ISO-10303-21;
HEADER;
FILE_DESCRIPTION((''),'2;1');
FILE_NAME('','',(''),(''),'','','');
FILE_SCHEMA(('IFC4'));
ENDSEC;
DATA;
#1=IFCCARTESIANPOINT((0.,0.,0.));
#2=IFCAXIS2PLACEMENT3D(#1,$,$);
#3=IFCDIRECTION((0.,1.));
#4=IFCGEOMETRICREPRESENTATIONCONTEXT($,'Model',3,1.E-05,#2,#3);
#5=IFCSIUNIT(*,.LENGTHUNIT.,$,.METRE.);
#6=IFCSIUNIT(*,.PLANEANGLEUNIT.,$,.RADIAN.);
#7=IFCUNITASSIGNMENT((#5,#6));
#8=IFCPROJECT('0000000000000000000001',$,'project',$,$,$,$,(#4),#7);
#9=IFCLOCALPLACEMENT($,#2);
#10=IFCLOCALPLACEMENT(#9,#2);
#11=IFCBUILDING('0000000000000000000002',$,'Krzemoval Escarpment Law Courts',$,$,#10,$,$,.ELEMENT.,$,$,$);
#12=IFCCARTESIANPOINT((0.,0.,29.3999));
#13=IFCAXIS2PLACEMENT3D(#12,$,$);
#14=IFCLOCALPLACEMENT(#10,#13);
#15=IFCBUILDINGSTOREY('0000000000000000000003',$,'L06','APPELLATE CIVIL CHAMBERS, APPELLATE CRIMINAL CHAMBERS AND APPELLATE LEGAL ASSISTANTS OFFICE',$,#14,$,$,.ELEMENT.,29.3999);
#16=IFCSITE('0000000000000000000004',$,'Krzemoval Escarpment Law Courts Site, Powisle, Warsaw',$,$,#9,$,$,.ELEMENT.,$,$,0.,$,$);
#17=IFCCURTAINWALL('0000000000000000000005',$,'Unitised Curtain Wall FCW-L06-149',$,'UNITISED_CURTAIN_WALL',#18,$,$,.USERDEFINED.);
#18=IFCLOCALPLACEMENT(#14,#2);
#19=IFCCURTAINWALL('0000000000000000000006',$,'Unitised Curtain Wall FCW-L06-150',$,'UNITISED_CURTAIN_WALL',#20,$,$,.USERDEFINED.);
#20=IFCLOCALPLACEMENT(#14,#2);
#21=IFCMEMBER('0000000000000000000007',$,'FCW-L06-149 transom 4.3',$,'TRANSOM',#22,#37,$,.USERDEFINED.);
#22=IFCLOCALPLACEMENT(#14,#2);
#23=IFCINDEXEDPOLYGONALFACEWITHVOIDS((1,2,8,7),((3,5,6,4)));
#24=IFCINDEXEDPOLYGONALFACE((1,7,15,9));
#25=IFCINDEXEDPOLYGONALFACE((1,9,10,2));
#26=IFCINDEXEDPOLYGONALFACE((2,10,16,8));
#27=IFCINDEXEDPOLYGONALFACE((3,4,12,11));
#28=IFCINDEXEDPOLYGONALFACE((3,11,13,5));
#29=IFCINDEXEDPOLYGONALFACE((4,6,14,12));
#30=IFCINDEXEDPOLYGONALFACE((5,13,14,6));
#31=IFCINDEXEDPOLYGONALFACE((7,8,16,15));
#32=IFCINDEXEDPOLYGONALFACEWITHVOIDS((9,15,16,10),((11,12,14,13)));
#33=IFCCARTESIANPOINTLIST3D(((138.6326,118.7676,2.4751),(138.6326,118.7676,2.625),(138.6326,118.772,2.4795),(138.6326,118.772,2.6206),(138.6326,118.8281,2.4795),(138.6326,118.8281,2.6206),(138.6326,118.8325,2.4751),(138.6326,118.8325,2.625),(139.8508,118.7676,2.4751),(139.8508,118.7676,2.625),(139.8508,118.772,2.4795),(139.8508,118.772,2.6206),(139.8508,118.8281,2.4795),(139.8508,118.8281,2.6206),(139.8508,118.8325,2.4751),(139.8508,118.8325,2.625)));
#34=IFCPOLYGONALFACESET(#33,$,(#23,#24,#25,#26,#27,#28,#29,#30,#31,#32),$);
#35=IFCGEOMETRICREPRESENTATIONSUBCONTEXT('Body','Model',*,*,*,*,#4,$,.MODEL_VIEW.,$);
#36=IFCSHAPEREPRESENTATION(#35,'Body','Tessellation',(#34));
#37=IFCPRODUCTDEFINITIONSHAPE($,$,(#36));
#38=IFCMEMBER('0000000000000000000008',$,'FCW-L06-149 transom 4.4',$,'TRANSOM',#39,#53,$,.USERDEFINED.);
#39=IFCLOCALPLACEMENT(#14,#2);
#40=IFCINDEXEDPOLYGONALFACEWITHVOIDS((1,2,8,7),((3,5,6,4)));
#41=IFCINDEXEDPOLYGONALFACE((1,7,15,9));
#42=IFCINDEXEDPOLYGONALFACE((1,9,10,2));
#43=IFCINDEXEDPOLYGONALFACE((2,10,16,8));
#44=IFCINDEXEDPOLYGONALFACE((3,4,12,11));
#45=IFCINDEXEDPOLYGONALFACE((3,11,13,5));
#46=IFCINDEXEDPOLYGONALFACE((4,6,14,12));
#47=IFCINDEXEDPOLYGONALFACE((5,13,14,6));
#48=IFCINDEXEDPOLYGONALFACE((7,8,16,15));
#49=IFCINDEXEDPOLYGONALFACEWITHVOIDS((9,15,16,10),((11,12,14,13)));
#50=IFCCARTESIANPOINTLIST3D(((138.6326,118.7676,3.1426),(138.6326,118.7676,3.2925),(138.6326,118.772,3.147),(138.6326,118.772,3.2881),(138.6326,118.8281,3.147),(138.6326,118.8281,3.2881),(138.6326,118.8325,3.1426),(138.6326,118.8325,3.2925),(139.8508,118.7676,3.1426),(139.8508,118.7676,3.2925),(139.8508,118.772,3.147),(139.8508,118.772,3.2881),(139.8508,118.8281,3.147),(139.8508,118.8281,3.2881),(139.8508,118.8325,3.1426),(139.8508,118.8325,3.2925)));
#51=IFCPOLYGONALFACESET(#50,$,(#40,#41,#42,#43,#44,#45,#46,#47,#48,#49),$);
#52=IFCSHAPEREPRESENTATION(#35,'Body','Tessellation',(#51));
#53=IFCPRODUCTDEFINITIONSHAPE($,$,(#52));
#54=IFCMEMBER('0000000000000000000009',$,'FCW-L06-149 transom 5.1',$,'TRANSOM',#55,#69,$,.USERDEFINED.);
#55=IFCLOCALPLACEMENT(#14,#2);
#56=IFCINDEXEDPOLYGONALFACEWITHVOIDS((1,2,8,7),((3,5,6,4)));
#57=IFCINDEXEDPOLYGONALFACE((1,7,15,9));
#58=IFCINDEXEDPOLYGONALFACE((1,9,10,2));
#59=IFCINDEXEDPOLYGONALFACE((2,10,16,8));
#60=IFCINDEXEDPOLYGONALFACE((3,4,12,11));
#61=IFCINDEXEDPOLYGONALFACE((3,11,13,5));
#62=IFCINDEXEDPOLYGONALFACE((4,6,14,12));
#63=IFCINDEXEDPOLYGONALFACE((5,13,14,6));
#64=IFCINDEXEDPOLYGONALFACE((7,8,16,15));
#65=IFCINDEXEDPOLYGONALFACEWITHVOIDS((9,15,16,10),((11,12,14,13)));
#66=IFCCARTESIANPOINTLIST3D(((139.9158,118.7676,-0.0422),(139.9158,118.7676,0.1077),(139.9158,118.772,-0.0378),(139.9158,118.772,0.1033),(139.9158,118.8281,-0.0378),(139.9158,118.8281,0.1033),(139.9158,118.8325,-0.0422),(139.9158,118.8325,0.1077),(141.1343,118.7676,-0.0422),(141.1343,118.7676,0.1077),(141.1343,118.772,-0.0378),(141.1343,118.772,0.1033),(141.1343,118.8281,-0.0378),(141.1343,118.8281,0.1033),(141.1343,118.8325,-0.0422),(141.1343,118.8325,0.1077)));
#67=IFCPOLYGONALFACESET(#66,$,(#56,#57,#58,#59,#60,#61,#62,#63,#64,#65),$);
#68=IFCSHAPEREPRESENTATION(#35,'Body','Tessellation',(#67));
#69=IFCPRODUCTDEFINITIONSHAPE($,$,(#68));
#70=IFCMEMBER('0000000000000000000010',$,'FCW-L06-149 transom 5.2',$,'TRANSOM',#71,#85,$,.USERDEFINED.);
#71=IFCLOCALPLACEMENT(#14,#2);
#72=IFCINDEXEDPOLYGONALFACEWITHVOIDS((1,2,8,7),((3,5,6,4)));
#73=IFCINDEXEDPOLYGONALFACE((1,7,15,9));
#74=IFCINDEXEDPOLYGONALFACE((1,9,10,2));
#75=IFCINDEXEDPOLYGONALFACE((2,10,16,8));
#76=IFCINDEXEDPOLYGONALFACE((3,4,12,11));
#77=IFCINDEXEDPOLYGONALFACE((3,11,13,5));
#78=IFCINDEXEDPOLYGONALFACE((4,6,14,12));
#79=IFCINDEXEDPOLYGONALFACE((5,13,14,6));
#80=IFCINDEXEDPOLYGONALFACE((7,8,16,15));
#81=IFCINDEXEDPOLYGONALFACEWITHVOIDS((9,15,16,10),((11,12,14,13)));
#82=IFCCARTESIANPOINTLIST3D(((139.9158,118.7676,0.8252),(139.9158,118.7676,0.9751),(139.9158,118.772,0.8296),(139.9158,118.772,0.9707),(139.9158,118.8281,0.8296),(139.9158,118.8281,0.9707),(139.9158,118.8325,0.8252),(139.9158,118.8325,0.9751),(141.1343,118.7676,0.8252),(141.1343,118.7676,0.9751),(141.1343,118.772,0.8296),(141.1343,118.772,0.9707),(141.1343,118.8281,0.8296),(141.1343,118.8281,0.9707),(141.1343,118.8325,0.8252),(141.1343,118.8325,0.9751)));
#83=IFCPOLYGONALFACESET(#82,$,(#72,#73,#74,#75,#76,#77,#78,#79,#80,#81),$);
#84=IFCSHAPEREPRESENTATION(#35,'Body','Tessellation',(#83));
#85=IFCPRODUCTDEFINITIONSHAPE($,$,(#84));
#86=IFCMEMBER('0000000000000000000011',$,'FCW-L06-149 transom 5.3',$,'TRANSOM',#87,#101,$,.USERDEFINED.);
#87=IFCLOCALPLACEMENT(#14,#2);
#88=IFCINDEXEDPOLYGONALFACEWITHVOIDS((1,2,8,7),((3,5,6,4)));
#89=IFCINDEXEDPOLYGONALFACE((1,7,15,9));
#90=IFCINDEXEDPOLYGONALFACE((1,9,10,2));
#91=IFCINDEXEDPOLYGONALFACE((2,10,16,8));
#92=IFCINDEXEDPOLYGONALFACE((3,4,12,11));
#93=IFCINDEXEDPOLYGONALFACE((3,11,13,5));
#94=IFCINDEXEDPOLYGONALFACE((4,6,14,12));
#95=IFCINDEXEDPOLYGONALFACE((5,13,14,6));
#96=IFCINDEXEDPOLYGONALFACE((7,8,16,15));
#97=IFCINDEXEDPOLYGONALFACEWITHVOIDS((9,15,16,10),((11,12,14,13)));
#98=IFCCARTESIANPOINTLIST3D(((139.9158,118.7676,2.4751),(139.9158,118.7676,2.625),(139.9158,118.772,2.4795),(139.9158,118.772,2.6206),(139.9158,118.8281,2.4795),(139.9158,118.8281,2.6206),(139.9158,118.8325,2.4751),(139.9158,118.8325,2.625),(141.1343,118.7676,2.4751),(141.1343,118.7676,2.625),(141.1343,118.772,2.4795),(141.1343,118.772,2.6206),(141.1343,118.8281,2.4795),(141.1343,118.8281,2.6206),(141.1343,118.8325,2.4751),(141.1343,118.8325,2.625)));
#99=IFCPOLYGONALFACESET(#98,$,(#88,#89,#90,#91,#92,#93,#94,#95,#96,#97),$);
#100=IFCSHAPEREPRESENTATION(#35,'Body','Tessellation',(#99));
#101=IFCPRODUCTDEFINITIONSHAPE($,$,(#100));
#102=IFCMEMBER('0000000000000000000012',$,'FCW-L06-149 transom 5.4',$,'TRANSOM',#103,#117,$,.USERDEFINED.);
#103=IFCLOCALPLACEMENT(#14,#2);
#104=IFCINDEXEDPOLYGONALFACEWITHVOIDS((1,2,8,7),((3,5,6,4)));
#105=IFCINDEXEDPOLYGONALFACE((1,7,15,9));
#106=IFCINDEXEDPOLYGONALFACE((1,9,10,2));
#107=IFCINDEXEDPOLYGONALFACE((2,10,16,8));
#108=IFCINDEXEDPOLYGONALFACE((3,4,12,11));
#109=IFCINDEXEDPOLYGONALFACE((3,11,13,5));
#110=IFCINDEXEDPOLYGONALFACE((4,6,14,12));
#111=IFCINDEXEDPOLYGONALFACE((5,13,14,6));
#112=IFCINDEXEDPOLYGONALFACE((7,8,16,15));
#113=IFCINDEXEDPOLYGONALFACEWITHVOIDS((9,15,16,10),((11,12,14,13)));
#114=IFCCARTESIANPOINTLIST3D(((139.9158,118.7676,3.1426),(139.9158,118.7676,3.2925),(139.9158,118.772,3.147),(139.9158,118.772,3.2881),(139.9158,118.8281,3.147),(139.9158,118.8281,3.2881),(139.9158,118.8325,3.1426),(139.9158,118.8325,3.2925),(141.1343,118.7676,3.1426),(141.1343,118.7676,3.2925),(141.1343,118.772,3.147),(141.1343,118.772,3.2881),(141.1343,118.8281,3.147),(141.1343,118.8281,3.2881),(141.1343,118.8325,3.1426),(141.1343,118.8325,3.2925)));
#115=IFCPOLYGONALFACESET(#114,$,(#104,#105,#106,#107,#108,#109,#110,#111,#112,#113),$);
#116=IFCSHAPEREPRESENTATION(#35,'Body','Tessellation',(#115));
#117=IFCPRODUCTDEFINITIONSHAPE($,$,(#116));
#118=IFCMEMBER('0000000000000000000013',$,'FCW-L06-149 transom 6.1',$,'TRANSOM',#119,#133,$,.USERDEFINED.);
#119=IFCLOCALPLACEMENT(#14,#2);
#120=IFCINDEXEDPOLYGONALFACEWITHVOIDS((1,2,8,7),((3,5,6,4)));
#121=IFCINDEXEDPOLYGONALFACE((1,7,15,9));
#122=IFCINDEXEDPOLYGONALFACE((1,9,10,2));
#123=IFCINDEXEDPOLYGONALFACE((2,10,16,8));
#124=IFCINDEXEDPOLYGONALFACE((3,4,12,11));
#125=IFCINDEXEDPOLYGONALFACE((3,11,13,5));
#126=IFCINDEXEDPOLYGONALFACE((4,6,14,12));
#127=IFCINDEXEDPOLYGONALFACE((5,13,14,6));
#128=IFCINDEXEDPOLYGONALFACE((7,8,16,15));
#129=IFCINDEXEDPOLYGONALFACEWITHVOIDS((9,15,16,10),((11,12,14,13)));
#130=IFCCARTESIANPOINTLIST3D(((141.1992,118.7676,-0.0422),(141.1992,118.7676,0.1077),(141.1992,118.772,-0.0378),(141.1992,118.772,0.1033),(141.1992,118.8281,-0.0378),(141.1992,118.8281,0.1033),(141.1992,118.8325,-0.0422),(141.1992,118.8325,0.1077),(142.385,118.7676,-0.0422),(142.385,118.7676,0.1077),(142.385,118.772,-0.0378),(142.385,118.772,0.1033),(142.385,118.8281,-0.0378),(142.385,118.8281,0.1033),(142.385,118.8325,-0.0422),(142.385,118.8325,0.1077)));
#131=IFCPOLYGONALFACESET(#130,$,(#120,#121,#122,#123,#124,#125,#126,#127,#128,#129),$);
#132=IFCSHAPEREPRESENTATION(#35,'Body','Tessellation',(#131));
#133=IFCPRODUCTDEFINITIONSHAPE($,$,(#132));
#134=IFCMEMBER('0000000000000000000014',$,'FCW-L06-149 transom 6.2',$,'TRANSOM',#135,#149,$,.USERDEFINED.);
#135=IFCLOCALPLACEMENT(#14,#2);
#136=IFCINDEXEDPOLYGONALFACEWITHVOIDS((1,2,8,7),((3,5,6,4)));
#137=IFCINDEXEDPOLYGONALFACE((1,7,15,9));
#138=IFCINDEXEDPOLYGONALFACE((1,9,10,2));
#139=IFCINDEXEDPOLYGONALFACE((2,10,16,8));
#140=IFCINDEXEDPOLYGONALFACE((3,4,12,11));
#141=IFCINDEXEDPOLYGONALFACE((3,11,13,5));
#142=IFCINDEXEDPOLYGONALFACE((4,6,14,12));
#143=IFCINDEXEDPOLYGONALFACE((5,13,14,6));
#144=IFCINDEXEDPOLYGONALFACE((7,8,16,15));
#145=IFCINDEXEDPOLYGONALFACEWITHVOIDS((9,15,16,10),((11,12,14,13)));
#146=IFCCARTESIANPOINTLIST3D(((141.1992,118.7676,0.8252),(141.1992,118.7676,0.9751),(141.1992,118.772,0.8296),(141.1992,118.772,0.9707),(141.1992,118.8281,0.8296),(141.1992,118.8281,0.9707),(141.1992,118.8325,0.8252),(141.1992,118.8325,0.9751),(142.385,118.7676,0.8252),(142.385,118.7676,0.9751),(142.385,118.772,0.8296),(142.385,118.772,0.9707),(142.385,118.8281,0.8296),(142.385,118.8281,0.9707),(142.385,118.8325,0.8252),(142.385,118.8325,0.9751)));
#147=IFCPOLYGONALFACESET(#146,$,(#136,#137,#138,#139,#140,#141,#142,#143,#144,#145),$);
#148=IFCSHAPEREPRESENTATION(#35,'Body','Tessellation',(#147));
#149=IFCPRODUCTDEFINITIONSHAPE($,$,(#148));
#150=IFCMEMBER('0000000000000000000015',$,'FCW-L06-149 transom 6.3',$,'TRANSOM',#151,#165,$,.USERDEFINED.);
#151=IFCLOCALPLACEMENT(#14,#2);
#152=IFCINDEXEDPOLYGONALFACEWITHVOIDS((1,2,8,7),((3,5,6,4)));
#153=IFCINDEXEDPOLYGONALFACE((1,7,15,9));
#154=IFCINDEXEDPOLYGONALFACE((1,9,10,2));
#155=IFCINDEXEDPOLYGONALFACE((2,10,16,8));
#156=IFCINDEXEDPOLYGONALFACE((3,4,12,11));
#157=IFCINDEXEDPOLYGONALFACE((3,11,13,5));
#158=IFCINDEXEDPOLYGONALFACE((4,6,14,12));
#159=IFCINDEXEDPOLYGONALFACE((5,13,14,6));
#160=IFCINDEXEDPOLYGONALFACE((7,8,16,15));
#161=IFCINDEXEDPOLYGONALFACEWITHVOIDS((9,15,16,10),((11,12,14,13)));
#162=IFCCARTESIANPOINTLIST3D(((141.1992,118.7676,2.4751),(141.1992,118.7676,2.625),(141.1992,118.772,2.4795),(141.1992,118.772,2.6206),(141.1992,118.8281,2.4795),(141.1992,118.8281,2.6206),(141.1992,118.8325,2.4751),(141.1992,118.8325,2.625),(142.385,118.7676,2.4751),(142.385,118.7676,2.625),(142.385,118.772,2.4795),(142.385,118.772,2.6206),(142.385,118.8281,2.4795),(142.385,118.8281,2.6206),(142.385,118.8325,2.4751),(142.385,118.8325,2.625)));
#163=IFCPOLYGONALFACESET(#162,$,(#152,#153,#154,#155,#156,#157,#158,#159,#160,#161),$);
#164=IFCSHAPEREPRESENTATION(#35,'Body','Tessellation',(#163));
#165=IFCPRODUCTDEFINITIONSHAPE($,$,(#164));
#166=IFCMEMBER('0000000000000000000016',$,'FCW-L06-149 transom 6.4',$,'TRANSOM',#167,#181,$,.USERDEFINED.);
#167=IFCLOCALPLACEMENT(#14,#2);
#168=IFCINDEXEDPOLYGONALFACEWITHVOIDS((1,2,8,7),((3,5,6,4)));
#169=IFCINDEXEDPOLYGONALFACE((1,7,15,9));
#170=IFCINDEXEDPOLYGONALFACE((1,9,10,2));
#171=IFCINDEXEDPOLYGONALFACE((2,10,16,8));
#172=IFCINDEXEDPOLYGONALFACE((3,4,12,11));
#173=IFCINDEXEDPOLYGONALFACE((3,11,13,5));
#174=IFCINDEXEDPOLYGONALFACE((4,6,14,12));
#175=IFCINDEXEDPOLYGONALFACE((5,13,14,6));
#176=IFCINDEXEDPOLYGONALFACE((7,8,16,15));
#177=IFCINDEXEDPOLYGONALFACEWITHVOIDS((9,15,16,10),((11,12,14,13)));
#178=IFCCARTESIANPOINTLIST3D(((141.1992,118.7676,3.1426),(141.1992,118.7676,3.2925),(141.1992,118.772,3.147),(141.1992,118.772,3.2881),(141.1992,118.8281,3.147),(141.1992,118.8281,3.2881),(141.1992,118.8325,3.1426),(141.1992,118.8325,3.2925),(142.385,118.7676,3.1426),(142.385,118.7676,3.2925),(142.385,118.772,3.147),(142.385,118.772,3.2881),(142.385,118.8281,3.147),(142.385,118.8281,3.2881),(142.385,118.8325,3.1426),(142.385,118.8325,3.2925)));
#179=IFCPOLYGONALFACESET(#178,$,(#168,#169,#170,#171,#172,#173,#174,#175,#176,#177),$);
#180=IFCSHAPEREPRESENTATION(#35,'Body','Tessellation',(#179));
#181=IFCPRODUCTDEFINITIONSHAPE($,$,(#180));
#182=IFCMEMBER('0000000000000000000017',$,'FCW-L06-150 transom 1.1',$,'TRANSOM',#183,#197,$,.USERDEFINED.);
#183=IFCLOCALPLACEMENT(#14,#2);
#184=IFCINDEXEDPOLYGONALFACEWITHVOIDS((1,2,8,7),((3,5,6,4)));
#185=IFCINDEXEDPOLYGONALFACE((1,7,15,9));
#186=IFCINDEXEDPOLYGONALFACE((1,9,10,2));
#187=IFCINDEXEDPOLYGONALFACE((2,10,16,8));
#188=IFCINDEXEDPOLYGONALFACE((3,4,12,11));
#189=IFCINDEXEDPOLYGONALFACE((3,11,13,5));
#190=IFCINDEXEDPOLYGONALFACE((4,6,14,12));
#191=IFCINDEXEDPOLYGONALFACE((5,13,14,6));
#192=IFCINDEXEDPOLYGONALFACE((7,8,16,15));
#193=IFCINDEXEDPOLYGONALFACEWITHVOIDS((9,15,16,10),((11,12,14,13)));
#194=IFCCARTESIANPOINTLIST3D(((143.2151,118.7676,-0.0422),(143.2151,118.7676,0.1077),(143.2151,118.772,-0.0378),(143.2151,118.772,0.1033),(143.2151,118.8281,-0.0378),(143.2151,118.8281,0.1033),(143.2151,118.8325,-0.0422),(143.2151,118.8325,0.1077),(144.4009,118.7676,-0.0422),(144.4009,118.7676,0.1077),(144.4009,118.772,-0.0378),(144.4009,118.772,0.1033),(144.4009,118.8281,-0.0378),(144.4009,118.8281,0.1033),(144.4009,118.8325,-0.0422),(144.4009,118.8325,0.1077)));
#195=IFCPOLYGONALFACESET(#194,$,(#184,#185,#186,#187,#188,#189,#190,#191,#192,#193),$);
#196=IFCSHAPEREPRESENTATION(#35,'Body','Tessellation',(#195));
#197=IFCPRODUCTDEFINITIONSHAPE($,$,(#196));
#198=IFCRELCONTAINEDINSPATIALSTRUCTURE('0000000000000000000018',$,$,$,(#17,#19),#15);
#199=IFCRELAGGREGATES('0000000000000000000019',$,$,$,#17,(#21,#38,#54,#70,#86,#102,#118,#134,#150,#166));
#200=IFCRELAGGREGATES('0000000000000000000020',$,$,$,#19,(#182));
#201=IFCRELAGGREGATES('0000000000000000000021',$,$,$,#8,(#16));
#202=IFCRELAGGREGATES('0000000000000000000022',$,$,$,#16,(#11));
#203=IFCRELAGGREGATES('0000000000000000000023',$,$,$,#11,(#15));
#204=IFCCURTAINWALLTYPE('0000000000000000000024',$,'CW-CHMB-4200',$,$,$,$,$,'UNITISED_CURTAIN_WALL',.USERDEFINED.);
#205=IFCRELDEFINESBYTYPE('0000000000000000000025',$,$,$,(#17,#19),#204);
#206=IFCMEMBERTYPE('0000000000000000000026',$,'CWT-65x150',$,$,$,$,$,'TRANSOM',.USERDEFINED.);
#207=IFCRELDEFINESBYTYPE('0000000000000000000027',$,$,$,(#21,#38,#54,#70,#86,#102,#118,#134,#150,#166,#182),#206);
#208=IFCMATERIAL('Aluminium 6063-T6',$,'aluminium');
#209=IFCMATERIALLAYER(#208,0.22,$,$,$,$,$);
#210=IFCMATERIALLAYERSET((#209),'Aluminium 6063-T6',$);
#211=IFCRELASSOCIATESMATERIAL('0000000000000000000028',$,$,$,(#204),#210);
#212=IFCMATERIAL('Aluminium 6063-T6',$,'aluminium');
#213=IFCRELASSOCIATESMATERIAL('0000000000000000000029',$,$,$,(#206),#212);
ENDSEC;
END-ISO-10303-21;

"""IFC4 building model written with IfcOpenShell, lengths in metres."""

from ifc_helpers import new_model, si_unit, direction, frame, origin, origin_2d, place, context, subcontext, project, spatial, hollow_rectangle, extrude, material, layer, layer_set, material_profile, profile_set, type_object, element, aggregate, save


model = new_model("IFC4")

# Units and contexts
model_context = context("Model", 3, precision=1e-05, world=origin(), true_north=direction((0.0, 1.0)))
body_context = subcontext(model_context, "Body", "Model", "MODEL_VIEW")
ifc_project = project(units=[si_unit("LENGTHUNIT", "METRE"), si_unit("PLANEANGLEUNIT", "RADIAN")], contexts=[model_context])

# Site, building, storey
site_placement = place(None, origin())
site = spatial("IfcSite", under=ifc_project, at=site_placement, Name="Krzemoval Escarpment Law Courts Site, Powisle, Warsaw", CompositionType="ELEMENT", RefElevation=0.0)
building_placement = place(site_placement, origin())
building = spatial("IfcBuilding", under=site, at=building_placement, Name="Krzemoval Escarpment Law Courts", CompositionType="ELEMENT")
storey_placement = place(building_placement, frame((0.0, 0.0, 29.3999)))
storey = spatial("IfcBuildingStorey", under=building, at=storey_placement, Name="L06", Description="APPELLATE CIVIL CHAMBERS, APPELLATE CRIMINAL CHAMBERS AND APPELLATE LEGAL ASSISTANTS OFFICE", CompositionType="ELEMENT", Elevation=29.3999)

# Curtain wall
ifc_material_1 = material(Name="Aluminium 6063-T6", Category="aluminium")
ifc_layer_1 = layer(ifc_material_1, 0.22)
ifc_layer_set_1 = layer_set([ifc_layer_1], Name="Aluminium 6063-T6")
curtain_wall_type = type_object("IfcCurtainWallType", Name="CW-CHMB-4200", ElementType="UNITISED_CURTAIN_WALL", PredefinedType="USERDEFINED", material=ifc_layer_set_1)
curtain_wall_1_placement = place(storey_placement, origin())
curtain_wall_1 = element("IfcCurtainWall", 1, at=curtain_wall_1_placement, inside=storey, type_object=curtain_wall_type, Name="Unitised Curtain Wall FCW-L06-149", ObjectType="UNITISED_CURTAIN_WALL", PredefinedType="USERDEFINED")

# Curtain wall
curtain_wall_2_placement = place(storey_placement, origin())
curtain_wall_2 = element("IfcCurtainWall", 2, at=curtain_wall_2_placement, inside=storey, type_object=curtain_wall_type, Name="Unitised Curtain Wall FCW-L06-150", ObjectType="UNITISED_CURTAIN_WALL", PredefinedType="USERDEFINED")

# Members
ifc_material_2 = material(Name="Aluminium 6063-T6", Category="aluminium")
ifc_material_profile_1 = material_profile(ifc_material_2, hollow_rectangle(XDim=0.0649, YDim=0.1499, WallThickness=0.0044, at=origin_2d()), Name="ALU T65x150")
ifc_profile_set_1 = profile_set([ifc_material_profile_1], Name="Aluminium 6063-T6")
member_type_1 = type_object("IfcMemberType", Name="CWT-65x150", ElementType="TRANSOM", PredefinedType="USERDEFINED", material=ifc_profile_set_1)
member_1_placement = place(storey_placement, frame((138.6326, 118.8, 2.55), z_axis=(1.0, 0.0, 0.0), x_axis=(0.0, 1.0, 0.0)))
member_1 = element("IfcMember", 3, at=member_1_placement, type_object=member_type_1, Name="FCW-L06-149 transom 4.3", ObjectType="TRANSOM", PredefinedType="USERDEFINED", context=body_context, shape_type="SweptSolid", body=[
    extrude(hollow_rectangle(XDim=0.0649, YDim=0.1499, WallThickness=0.0044, at=origin_2d()), origin(), (0.0, 0.0, 1.0), 1.2183),
])
member_2_placement = place(storey_placement, frame((138.6326, 118.8, 3.2175), z_axis=(1.0, 0.0, 0.0), x_axis=(0.0, 1.0, 0.0)))
member_2 = element("IfcMember", 4, at=member_2_placement, type_object=member_type_1, Name="FCW-L06-149 transom 4.4", ObjectType="TRANSOM", PredefinedType="USERDEFINED", context=body_context, shape_type="SweptSolid", body=[
    extrude(hollow_rectangle(XDim=0.0649, YDim=0.1499, WallThickness=0.0044, at=origin_2d()), origin(), (0.0, 0.0, 1.0), 1.2183),
])
member_3_placement = place(storey_placement, frame((139.9158, 118.8, 0.0327), z_axis=(1.0, 0.0, 0.0), x_axis=(0.0, 1.0, 0.0)))
member_3 = element("IfcMember", 5, at=member_3_placement, type_object=member_type_1, Name="FCW-L06-149 transom 5.1", ObjectType="TRANSOM", PredefinedType="USERDEFINED", context=body_context, shape_type="SweptSolid", body=[
    extrude(hollow_rectangle(XDim=0.0649, YDim=0.1499, WallThickness=0.0044, at=origin_2d()), origin(), (0.0, 0.0, 1.0), 1.2185),
])
member_4_placement = place(storey_placement, frame((139.9158, 118.8, 0.9001), z_axis=(1.0, 0.0, 0.0), x_axis=(0.0, 1.0, 0.0)))
member_4 = element("IfcMember", 6, at=member_4_placement, type_object=member_type_1, Name="FCW-L06-149 transom 5.2", ObjectType="TRANSOM", PredefinedType="USERDEFINED", context=body_context, shape_type="SweptSolid", body=[
    extrude(hollow_rectangle(XDim=0.0649, YDim=0.1499, WallThickness=0.0044, at=origin_2d()), origin(), (0.0, 0.0, 1.0), 1.2185),
])
member_5_placement = place(storey_placement, frame((139.9158, 118.8, 2.55), z_axis=(1.0, 0.0, 0.0), x_axis=(0.0, 1.0, 0.0)))
member_5 = element("IfcMember", 7, at=member_5_placement, type_object=member_type_1, Name="FCW-L06-149 transom 5.3", ObjectType="TRANSOM", PredefinedType="USERDEFINED", context=body_context, shape_type="SweptSolid", body=[
    extrude(hollow_rectangle(XDim=0.0649, YDim=0.1499, WallThickness=0.0044, at=origin_2d()), origin(), (0.0, 0.0, 1.0), 1.2185),
])
member_6_placement = place(storey_placement, frame((139.9158, 118.8, 3.2175), z_axis=(1.0, 0.0, 0.0), x_axis=(0.0, 1.0, 0.0)))
member_6 = element("IfcMember", 8, at=member_6_placement, type_object=member_type_1, Name="FCW-L06-149 transom 5.4", ObjectType="TRANSOM", PredefinedType="USERDEFINED", context=body_context, shape_type="SweptSolid", body=[
    extrude(hollow_rectangle(XDim=0.0649, YDim=0.1499, WallThickness=0.0044, at=origin_2d()), origin(), (0.0, 0.0, 1.0), 1.2185),
])
member_7_placement = place(storey_placement, frame((141.1992, 118.8, 0.0327), z_axis=(1.0, 0.0, 0.0), x_axis=(0.0, 1.0, 0.0)))
member_7 = element("IfcMember", 9, at=member_7_placement, type_object=member_type_1, Name="FCW-L06-149 transom 6.1", ObjectType="TRANSOM", PredefinedType="USERDEFINED", context=body_context, shape_type="SweptSolid", body=[
    extrude(hollow_rectangle(XDim=0.0649, YDim=0.1499, WallThickness=0.0044, at=origin_2d()), origin(), (0.0, 0.0, 1.0), 1.1858),
])
member_8_placement = place(storey_placement, frame((141.1992, 118.8, 0.9001), z_axis=(1.0, 0.0, 0.0), x_axis=(0.0, 1.0, 0.0)))
member_8 = element("IfcMember", 10, at=member_8_placement, type_object=member_type_1, Name="FCW-L06-149 transom 6.2", ObjectType="TRANSOM", PredefinedType="USERDEFINED", context=body_context, shape_type="SweptSolid", body=[
    extrude(hollow_rectangle(XDim=0.0649, YDim=0.1499, WallThickness=0.0044, at=origin_2d()), origin(), (0.0, 0.0, 1.0), 1.1858),
])
member_9_placement = place(storey_placement, frame((141.1992, 118.8, 2.55), z_axis=(1.0, 0.0, 0.0), x_axis=(0.0, 1.0, 0.0)))
member_9 = element("IfcMember", 11, at=member_9_placement, type_object=member_type_1, Name="FCW-L06-149 transom 6.3", ObjectType="TRANSOM", PredefinedType="USERDEFINED", context=body_context, shape_type="SweptSolid", body=[
    extrude(hollow_rectangle(XDim=0.0649, YDim=0.1499, WallThickness=0.0044, at=origin_2d()), origin(), (0.0, 0.0, 1.0), 1.1858),
])
member_10_placement = place(storey_placement, frame((141.1992, 118.8, 3.2175), z_axis=(1.0, 0.0, 0.0), x_axis=(0.0, 1.0, 0.0)))
member_10 = element("IfcMember", 12, at=member_10_placement, type_object=member_type_1, Name="FCW-L06-149 transom 6.4", ObjectType="TRANSOM", PredefinedType="USERDEFINED", context=body_context, shape_type="SweptSolid", body=[
    extrude(hollow_rectangle(XDim=0.0649, YDim=0.1499, WallThickness=0.0044, at=origin_2d()), origin(), (0.0, 0.0, 1.0), 1.1858),
])
member_11_placement = place(storey_placement, frame((143.2151, 118.8, 0.0327), z_axis=(1.0, 0.0, 0.0), x_axis=(0.0, 1.0, 0.0)))
member_11 = element("IfcMember", 13, at=member_11_placement, type_object=member_type_1, Name="FCW-L06-150 transom 1.1", ObjectType="TRANSOM", PredefinedType="USERDEFINED", context=body_context, shape_type="SweptSolid", body=[
    extrude(hollow_rectangle(XDim=0.0649, YDim=0.1499, WallThickness=0.0044, at=origin_2d()), origin(), (0.0, 0.0, 1.0), 1.1858),
])

aggregate(curtain_wall_1, [member_1, member_2, member_3, member_4, member_5, member_6, member_7, member_8, member_9, member_10])
aggregate(curtain_wall_2, [member_11])

save(model, "model.ifc")
